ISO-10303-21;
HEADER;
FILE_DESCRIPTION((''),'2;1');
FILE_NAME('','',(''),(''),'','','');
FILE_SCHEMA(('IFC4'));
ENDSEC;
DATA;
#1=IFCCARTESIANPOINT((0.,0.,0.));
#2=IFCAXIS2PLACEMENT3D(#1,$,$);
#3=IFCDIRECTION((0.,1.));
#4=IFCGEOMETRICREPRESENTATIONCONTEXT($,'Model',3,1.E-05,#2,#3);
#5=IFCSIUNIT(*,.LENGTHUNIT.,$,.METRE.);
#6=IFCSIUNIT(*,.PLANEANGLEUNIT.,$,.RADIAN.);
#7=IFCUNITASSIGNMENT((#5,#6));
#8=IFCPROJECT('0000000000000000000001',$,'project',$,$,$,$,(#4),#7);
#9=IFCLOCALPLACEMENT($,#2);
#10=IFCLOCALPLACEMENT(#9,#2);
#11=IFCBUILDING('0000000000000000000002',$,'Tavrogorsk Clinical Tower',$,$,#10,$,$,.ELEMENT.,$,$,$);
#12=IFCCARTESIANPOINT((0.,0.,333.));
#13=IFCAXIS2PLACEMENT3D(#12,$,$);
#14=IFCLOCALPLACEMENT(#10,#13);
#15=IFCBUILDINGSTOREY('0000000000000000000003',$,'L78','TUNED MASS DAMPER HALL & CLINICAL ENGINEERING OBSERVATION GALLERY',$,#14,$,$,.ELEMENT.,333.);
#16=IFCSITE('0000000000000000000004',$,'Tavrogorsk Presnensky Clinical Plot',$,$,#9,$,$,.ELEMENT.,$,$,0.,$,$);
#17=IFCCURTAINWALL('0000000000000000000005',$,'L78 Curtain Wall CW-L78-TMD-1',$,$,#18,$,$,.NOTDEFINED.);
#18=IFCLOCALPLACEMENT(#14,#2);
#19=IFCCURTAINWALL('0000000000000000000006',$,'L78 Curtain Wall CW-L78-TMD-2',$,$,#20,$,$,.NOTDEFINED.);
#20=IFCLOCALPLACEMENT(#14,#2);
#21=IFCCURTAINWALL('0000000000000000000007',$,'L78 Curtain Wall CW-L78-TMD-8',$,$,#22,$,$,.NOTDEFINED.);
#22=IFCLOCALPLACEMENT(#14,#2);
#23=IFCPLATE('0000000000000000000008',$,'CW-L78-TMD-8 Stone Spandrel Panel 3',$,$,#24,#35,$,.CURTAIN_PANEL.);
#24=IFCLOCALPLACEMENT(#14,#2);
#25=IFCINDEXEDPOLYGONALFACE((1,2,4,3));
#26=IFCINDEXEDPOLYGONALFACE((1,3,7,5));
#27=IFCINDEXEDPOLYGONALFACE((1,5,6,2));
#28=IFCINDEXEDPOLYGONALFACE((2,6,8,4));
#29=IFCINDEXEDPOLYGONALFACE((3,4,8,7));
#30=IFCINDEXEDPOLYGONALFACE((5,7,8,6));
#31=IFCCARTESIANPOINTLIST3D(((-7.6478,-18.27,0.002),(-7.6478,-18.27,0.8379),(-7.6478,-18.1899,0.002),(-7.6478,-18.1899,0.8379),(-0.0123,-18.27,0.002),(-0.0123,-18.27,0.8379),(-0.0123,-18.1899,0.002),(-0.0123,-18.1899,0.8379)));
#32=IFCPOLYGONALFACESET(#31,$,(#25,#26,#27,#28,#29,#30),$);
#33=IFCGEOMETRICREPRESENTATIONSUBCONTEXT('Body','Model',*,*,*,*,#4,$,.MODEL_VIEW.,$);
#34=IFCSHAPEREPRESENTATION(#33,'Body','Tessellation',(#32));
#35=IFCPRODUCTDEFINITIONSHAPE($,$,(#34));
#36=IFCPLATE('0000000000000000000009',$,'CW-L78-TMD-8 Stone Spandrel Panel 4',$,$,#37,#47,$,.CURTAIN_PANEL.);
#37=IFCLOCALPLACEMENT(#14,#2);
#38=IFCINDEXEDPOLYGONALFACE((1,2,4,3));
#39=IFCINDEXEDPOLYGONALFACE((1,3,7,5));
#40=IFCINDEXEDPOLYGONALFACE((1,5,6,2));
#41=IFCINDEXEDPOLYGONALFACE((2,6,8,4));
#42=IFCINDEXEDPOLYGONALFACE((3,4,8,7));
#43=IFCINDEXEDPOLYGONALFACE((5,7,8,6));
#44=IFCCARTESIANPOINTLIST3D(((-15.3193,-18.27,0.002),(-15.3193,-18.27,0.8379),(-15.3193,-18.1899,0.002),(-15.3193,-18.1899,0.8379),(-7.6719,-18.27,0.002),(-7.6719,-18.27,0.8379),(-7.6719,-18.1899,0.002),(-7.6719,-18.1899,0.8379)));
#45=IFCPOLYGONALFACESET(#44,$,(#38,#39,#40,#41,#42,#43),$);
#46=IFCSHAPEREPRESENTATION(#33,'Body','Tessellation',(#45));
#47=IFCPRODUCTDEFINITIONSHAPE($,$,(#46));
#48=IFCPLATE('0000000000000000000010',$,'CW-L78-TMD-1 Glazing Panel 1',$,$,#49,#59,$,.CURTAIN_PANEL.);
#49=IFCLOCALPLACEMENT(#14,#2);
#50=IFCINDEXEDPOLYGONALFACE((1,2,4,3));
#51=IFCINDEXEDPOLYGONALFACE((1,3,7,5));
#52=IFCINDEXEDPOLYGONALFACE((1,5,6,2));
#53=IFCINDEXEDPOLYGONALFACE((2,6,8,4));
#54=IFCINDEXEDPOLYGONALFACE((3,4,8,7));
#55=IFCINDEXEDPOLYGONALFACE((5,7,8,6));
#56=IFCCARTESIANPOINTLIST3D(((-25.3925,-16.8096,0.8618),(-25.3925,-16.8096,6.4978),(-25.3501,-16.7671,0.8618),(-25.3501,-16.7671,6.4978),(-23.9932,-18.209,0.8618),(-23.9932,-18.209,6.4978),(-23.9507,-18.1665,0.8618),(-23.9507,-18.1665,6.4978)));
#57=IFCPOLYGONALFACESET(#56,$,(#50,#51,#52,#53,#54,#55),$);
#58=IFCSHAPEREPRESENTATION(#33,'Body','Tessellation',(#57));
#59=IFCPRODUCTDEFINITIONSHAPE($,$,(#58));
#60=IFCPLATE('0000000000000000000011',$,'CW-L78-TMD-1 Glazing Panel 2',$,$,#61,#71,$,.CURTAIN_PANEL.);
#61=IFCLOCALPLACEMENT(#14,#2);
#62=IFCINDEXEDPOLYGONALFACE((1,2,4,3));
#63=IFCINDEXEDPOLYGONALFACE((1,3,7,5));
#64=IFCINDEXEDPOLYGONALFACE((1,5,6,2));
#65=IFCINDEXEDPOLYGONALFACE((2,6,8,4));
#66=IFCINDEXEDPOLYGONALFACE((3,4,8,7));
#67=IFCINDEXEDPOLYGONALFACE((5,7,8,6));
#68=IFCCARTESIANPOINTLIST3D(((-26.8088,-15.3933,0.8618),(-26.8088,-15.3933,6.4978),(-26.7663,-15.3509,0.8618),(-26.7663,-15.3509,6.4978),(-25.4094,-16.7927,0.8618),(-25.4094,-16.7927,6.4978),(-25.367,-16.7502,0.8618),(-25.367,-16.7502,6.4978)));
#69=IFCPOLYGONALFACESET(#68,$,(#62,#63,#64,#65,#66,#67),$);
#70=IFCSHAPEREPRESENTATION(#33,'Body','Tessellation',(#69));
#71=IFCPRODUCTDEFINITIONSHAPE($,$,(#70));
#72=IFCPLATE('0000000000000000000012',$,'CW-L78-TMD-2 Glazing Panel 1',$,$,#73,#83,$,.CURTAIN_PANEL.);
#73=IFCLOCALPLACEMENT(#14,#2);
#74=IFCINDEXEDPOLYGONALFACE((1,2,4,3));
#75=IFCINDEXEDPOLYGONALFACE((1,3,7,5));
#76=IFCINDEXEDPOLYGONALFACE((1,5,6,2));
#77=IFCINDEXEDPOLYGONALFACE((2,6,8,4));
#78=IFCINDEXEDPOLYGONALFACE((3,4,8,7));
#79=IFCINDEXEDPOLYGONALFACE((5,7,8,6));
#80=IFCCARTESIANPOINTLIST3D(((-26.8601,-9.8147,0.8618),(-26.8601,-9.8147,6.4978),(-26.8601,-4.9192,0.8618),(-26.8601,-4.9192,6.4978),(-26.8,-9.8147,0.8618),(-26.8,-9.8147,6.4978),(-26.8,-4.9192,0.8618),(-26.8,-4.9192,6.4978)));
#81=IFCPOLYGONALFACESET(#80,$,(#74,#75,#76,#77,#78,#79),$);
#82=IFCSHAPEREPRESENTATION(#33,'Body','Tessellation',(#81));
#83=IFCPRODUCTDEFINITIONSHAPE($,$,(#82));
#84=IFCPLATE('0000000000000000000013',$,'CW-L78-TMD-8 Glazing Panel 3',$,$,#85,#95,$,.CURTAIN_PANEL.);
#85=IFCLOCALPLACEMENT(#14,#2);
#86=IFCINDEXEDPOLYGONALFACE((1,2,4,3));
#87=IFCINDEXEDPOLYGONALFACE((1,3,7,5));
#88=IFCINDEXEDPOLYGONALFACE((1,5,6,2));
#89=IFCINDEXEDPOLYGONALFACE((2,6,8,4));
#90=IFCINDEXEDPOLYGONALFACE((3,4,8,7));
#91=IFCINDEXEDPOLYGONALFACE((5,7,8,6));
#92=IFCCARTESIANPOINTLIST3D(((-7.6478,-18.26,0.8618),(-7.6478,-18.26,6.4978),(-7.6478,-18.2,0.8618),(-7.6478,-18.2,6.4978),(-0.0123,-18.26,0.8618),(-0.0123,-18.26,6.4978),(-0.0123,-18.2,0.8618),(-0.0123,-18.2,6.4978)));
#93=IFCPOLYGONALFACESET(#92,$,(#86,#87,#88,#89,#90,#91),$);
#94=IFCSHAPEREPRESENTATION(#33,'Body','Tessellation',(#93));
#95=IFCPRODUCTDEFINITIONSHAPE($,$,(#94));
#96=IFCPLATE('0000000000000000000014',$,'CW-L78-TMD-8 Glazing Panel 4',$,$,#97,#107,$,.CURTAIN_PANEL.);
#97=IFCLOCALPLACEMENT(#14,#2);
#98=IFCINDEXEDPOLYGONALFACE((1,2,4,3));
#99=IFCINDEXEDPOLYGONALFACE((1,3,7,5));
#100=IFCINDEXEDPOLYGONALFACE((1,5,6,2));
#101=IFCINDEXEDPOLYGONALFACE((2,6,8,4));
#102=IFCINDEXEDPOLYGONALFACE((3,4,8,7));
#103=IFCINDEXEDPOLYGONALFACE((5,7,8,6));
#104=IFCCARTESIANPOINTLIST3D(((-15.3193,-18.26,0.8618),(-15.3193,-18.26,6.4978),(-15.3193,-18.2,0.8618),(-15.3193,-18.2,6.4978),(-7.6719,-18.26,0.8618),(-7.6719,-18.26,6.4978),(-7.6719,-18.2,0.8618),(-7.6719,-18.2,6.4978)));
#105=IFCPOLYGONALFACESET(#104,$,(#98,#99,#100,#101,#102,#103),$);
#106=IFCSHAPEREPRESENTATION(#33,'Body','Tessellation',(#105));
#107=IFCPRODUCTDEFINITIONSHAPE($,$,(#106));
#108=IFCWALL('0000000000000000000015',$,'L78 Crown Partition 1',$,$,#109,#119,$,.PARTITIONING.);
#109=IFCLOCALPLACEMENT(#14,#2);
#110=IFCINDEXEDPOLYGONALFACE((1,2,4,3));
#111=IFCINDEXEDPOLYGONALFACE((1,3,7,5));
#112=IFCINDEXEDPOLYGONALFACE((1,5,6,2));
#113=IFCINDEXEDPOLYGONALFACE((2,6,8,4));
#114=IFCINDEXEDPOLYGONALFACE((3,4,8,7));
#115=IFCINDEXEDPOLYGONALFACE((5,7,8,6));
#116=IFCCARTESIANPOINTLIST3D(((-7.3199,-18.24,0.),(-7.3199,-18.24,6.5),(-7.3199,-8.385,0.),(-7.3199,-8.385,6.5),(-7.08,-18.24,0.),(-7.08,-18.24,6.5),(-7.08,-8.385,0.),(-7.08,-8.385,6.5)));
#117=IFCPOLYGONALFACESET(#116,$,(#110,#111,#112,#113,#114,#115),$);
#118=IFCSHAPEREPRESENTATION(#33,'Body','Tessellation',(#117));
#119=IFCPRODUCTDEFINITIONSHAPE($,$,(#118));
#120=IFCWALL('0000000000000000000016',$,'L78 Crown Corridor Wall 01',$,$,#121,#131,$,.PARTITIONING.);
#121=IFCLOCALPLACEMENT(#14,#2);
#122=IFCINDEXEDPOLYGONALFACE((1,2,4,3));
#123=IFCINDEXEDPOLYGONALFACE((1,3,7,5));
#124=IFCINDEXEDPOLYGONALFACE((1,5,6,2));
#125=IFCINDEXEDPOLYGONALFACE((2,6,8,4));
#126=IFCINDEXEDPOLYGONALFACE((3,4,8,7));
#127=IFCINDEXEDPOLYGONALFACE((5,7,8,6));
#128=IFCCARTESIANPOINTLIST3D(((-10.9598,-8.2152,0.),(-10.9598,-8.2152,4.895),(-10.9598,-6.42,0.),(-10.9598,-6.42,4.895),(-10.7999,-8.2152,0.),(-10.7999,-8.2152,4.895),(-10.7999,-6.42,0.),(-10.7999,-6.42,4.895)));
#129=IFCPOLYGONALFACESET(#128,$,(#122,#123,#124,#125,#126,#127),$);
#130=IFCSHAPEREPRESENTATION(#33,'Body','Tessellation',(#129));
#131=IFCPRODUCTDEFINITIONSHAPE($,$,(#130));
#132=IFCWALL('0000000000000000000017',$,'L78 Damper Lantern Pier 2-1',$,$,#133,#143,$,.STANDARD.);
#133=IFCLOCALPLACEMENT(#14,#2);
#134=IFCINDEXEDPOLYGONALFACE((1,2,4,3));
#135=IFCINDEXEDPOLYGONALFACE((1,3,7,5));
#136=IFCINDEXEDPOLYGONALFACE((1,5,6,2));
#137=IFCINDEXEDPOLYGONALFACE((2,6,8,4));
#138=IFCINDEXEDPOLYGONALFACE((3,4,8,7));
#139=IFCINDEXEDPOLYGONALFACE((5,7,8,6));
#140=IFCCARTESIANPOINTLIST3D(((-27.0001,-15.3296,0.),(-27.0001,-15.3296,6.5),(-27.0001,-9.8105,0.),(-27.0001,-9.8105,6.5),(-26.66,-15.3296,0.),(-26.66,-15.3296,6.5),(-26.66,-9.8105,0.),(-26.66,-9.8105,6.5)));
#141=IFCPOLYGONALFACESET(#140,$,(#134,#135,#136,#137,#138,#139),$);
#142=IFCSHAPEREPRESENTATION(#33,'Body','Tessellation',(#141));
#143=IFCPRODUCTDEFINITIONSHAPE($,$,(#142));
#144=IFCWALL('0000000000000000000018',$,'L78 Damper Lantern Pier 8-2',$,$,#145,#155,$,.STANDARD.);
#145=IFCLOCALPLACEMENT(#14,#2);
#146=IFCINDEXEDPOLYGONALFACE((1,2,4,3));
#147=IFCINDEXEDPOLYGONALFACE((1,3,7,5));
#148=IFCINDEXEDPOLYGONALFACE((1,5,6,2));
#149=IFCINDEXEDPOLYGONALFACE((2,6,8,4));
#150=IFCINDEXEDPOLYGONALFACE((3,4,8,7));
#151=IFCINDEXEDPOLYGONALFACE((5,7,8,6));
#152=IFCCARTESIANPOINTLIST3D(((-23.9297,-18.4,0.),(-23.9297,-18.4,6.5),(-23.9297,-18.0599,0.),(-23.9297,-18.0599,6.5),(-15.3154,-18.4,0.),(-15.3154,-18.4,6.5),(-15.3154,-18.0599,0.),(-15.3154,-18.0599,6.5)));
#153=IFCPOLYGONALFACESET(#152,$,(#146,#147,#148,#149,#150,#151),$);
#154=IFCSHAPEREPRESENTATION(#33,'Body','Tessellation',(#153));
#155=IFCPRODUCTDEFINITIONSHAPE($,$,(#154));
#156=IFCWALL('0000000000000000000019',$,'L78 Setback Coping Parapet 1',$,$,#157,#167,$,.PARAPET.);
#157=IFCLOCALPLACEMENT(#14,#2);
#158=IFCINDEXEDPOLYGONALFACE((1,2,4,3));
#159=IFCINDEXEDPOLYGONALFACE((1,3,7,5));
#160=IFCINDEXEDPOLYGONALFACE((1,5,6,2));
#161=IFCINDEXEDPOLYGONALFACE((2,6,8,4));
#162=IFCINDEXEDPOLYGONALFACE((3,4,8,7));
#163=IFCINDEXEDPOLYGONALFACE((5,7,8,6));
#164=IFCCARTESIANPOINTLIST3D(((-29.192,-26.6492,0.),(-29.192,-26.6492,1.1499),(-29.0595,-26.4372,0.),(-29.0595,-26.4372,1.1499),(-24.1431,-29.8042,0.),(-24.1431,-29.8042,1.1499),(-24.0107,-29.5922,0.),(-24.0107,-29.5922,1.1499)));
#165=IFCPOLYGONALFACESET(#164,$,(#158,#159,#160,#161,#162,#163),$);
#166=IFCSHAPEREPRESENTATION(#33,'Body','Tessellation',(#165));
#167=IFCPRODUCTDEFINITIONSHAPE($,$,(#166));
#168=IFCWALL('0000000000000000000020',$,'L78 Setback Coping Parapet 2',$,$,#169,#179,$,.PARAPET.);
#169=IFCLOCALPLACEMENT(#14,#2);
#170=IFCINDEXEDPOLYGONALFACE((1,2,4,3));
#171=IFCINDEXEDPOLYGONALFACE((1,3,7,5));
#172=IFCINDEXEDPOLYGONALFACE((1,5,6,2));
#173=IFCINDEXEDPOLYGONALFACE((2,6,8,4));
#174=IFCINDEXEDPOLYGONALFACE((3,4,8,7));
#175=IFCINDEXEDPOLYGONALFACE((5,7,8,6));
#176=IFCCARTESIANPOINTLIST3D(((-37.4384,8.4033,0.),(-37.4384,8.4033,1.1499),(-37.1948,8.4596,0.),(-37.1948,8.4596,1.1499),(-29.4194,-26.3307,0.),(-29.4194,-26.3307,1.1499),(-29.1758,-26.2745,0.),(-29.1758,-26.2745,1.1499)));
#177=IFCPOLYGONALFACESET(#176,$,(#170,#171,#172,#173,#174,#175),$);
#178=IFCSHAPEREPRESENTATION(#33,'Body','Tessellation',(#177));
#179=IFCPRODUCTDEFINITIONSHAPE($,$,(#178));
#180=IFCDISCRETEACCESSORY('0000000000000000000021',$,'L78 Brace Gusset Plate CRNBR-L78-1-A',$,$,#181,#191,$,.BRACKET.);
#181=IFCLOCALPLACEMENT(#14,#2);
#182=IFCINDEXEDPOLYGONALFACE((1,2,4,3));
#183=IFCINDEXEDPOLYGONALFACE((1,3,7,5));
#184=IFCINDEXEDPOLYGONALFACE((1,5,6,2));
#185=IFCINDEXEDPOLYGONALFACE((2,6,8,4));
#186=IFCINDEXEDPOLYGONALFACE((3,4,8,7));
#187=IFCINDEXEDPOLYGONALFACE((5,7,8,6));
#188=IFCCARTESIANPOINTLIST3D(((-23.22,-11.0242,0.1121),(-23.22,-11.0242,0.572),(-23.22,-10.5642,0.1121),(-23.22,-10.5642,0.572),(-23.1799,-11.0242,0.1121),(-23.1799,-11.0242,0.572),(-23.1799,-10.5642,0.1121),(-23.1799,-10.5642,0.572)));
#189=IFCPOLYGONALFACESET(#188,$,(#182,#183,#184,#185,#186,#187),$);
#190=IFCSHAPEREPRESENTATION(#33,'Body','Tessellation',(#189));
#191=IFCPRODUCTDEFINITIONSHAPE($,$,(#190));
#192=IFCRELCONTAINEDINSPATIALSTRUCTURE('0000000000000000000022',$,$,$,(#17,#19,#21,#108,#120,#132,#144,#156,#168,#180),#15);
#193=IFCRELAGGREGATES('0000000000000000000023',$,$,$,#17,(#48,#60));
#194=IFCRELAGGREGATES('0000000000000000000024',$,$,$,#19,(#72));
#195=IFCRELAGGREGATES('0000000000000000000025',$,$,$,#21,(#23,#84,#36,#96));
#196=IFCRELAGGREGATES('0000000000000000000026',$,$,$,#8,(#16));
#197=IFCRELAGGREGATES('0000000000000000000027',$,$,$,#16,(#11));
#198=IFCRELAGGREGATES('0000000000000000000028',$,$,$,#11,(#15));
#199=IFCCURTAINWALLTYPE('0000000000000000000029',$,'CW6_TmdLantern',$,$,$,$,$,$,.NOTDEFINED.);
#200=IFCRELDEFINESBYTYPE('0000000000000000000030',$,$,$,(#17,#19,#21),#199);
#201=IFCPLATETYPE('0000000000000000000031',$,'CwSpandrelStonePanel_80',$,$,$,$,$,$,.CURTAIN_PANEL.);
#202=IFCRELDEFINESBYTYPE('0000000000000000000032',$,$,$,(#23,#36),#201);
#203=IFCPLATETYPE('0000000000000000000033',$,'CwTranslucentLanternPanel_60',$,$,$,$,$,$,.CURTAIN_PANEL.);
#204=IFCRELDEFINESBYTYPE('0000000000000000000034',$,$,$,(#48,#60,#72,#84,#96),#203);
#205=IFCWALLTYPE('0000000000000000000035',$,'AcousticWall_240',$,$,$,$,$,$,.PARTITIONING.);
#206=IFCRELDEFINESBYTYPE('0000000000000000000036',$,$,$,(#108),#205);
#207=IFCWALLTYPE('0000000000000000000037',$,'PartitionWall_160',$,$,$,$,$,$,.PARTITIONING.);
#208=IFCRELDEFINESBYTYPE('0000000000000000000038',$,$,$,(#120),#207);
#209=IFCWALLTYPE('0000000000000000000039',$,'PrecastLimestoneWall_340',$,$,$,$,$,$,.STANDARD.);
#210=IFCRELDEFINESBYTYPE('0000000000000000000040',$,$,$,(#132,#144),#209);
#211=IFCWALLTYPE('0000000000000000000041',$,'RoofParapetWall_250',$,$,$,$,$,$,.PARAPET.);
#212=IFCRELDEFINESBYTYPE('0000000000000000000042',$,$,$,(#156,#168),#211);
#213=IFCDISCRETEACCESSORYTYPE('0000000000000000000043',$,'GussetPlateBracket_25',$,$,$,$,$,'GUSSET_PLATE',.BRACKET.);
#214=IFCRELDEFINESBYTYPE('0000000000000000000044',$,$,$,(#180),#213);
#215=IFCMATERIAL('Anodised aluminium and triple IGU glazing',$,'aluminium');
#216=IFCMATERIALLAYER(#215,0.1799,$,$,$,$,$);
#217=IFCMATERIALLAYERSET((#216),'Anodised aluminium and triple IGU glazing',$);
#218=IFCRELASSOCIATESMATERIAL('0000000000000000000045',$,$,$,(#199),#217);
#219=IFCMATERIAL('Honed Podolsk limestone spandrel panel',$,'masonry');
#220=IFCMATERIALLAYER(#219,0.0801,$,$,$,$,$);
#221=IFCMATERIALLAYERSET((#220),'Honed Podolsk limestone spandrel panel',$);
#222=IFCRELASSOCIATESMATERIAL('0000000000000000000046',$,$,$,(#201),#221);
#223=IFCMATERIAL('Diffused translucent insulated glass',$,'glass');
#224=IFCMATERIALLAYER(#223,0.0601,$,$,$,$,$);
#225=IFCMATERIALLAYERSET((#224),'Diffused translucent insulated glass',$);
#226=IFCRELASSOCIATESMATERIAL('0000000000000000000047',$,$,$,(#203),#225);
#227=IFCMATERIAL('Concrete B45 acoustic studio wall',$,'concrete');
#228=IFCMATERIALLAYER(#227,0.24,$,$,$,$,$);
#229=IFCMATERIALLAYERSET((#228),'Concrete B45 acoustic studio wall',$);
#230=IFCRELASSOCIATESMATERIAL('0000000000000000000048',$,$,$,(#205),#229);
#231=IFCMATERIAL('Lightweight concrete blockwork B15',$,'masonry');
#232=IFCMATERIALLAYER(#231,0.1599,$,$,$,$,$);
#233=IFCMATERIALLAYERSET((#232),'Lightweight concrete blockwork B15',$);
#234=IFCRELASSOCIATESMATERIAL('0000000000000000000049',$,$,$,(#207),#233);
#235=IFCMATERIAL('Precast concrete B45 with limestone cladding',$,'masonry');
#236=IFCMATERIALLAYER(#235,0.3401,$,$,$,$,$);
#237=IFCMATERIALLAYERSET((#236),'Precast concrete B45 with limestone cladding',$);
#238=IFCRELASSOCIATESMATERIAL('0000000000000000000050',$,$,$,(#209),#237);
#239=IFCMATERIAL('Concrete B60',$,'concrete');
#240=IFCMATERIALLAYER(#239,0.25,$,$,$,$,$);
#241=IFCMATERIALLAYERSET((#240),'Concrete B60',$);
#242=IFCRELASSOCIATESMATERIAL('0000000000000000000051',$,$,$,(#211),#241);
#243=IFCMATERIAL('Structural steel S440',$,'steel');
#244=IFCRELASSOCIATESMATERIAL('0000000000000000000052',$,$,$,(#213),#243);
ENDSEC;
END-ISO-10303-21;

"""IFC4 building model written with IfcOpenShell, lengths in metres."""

from ifc_helpers import new_model, si_unit, direction, frame, frame_2d, origin, origin_2d, place, context, subcontext, project, spatial, rectangle, extrude, material, layer, layer_set, type_object, element, aggregate, save


model = new_model("IFC4")

# Units and contexts
model_context = context("Model", 3, precision=1e-05, world=origin(), true_north=direction((0.0, 1.0)))
body_context = subcontext(model_context, "Body", "Model", "MODEL_VIEW")
ifc_project = project(units=[si_unit("LENGTHUNIT", "METRE"), si_unit("PLANEANGLEUNIT", "RADIAN")], contexts=[model_context])

# Site, building, storey
site_placement = place(None, origin())
site = spatial("IfcSite", under=ifc_project, at=site_placement, Name="Tavrogorsk Presnensky Clinical Plot", CompositionType="ELEMENT", RefElevation=0.0)
building_placement = place(site_placement, origin())
building = spatial("IfcBuilding", under=site, at=building_placement, Name="Tavrogorsk Clinical Tower", CompositionType="ELEMENT")
storey_placement = place(building_placement, frame((0.0, 0.0, 333.0)))
storey = spatial("IfcBuildingStorey", under=building, at=storey_placement, Name="L78", Description="TUNED MASS DAMPER HALL & CLINICAL ENGINEERING OBSERVATION GALLERY", CompositionType="ELEMENT", Elevation=333.0)

# Curtain wall
ifc_material_1 = material(Name="Anodised aluminium and triple IGU glazing", Category="aluminium")
ifc_layer_1 = layer(ifc_material_1, 0.1799)
ifc_layer_set_1 = layer_set([ifc_layer_1], Name="Anodised aluminium and triple IGU glazing")
curtain_wall_type = type_object("IfcCurtainWallType", Name="CW6_TmdLantern", PredefinedType="NOTDEFINED", material=ifc_layer_set_1)
curtain_wall_1_placement = place(storey_placement, origin())
curtain_wall_1 = element("IfcCurtainWall", 1, at=curtain_wall_1_placement, inside=storey, type_object=curtain_wall_type, Name="L78 Curtain Wall CW-L78-TMD-1", PredefinedType="NOTDEFINED")

# Curtain wall
curtain_wall_2_placement = place(storey_placement, origin())
curtain_wall_2 = element("IfcCurtainWall", 2, at=curtain_wall_2_placement, inside=storey, type_object=curtain_wall_type, Name="L78 Curtain Wall CW-L78-TMD-2", PredefinedType="NOTDEFINED")

# Curtain wall
curtain_wall_3_placement = place(storey_placement, origin())
curtain_wall_3 = element("IfcCurtainWall", 3, at=curtain_wall_3_placement, inside=storey, type_object=curtain_wall_type, Name="L78 Curtain Wall CW-L78-TMD-8", PredefinedType="NOTDEFINED")

# Plates
ifc_material_2 = material(Name="Honed Podolsk limestone spandrel panel", Category="masonry")
ifc_layer_2 = layer(ifc_material_2, 0.0801)
ifc_layer_set_2 = layer_set([ifc_layer_2], Name="Honed Podolsk limestone spandrel panel")
plate_type_1 = type_object("IfcPlateType", Name="CwSpandrelStonePanel_80", PredefinedType="CURTAIN_PANEL", material=ifc_layer_set_2)
plate_1_placement = place(storey_placement, frame((-3.8301, -18.23, 0.002), z_axis=(0.0, 0.0, 1.0), x_axis=(-1.0, 0.0, 0.0)))
plate_1 = element("IfcPlate", 4, at=plate_1_placement, type_object=plate_type_1, Name="CW-L78-TMD-8 Stone Spandrel Panel 3", PredefinedType="CURTAIN_PANEL", context=body_context, shape_type="SweptSolid", body=[
    extrude(rectangle(XDim=7.6355, YDim=0.0801, at=origin_2d()), origin(), (0.0, 0.0, 1.0), 0.8359),
])
plate_2_placement = place(storey_placement, frame((-11.4956, -18.23, 0.002), z_axis=(0.0, 0.0, 1.0), x_axis=(-1.0, 0.0, 0.0)))
plate_2 = element("IfcPlate", 5, at=plate_2_placement, type_object=plate_type_1, Name="CW-L78-TMD-8 Stone Spandrel Panel 4", PredefinedType="CURTAIN_PANEL", context=body_context, shape_type="SweptSolid", body=[
    extrude(rectangle(XDim=7.6475, YDim=0.0801, at=origin_2d()), origin(), (0.0, 0.0, 1.0), 0.8359),
])
ifc_material_3 = material(Name="Diffused translucent insulated glass", Category="glass")
ifc_layer_3 = layer(ifc_material_3, 0.0601)
ifc_layer_set_3 = layer_set([ifc_layer_3], Name="Diffused translucent insulated glass")
plate_type_2 = type_object("IfcPlateType", Name="CwTranslucentLanternPanel_60", PredefinedType="CURTAIN_PANEL", material=ifc_layer_set_3)
plate_3_placement = place(storey_placement, frame((-24.6716, -17.488, 0.8618), z_axis=(0.0, 0.0, 1.0), x_axis=(-0.707107, 0.707107, 0.0)))
plate_3 = element("IfcPlate", 6, at=plate_3_placement, type_object=plate_type_2, Name="CW-L78-TMD-1 Glazing Panel 1", PredefinedType="CURTAIN_PANEL", context=body_context, shape_type="SweptSolid", body=[
    extrude(rectangle(XDim=1.979, YDim=0.0601, at=origin_2d()), origin(), (0.0, 0.0, 1.0), 5.636),
])
plate_4_placement = place(storey_placement, frame((-26.0879, -16.0718, 0.8618), z_axis=(0.0, 0.0, 1.0), x_axis=(-0.707107, 0.707107, 0.0)))
plate_4 = element("IfcPlate", 7, at=plate_4_placement, type_object=plate_type_2, Name="CW-L78-TMD-1 Glazing Panel 2", PredefinedType="CURTAIN_PANEL", context=body_context, shape_type="SweptSolid", body=[
    extrude(rectangle(XDim=1.979, YDim=0.0601, at=origin_2d()), origin(), (0.0, 0.0, 1.0), 5.636),
])
aggregate(curtain_wall_1, [plate_3, plate_4])
plate_5_placement = place(storey_placement, frame((-26.8301, -7.3669, 0.8618), z_axis=(0.0, 0.0, 1.0), x_axis=(0.0, 1.0, 0.0)))
plate_5 = element("IfcPlate", 8, at=plate_5_placement, type_object=plate_type_2, Name="CW-L78-TMD-2 Glazing Panel 1", PredefinedType="CURTAIN_PANEL", context=body_context, shape_type="SweptSolid", body=[
    extrude(rectangle(XDim=4.8955, YDim=0.0601, at=origin_2d()), origin(), (0.0, 0.0, 1.0), 5.636),
])
aggregate(curtain_wall_2, [plate_5])
plate_6_placement = place(storey_placement, frame((-3.8301, -18.23, 0.8618), z_axis=(0.0, 0.0, 1.0), x_axis=(-1.0, 0.0, 0.0)))
plate_6 = element("IfcPlate", 9, at=plate_6_placement, type_object=plate_type_2, Name="CW-L78-TMD-8 Glazing Panel 3", PredefinedType="CURTAIN_PANEL", context=body_context, shape_type="SweptSolid", body=[
    extrude(rectangle(XDim=7.6355, YDim=0.0601, at=origin_2d()), origin(), (0.0, 0.0, 1.0), 5.636),
])
plate_7_placement = place(storey_placement, frame((-11.4956, -18.23, 0.8618), z_axis=(0.0, 0.0, 1.0), x_axis=(-1.0, 0.0, 0.0)))
plate_7 = element("IfcPlate", 10, at=plate_7_placement, type_object=plate_type_2, Name="CW-L78-TMD-8 Glazing Panel 4", PredefinedType="CURTAIN_PANEL", context=body_context, shape_type="SweptSolid", body=[
    extrude(rectangle(XDim=7.6475, YDim=0.0601, at=origin_2d()), origin(), (0.0, 0.0, 1.0), 5.636),
])
aggregate(curtain_wall_3, [plate_1, plate_6, plate_2, plate_7])

# Walls
ifc_material_4 = material(Name="Concrete B45 acoustic studio wall", Category="concrete")
ifc_layer_4 = layer(ifc_material_4, 0.24)
ifc_layer_set_4 = layer_set([ifc_layer_4], Name="Concrete B45 acoustic studio wall")
wall_type_1 = type_object("IfcWallType", Name="AcousticWall_240", PredefinedType="PARTITIONING", material=ifc_layer_set_4)
wall_1_placement = place(storey_placement, frame((-7.2, -18.24, 0.0), z_axis=(0.0, 0.0, 1.0), x_axis=(0.0, 1.0, 0.0)))
element("IfcWall", 11, at=wall_1_placement, inside=storey, type_object=wall_type_1, Name="L78 Crown Partition 1", PredefinedType="PARTITIONING", context=body_context, shape_type="SweptSolid", body=[
    extrude(rectangle(XDim=9.855, YDim=0.24, at=frame_2d((4.9275, 0.0))), origin(), (0.0, 0.0, 1.0), 6.5),
])
ifc_material_5 = material(Name="Lightweight concrete blockwork B15", Category="masonry")
ifc_layer_5 = layer(ifc_material_5, 0.1599)
ifc_layer_set_5 = layer_set([ifc_layer_5], Name="Lightweight concrete blockwork B15")
wall_type_2 = type_object("IfcWallType", Name="PartitionWall_160", PredefinedType="PARTITIONING", material=ifc_layer_set_5)
wall_2_placement = place(storey_placement, frame((-10.8799, -8.2151, 0.0), z_axis=(0.0, 0.0, 1.0), x_axis=(0.0, 1.0, 0.0)))
element("IfcWall", 12, at=wall_2_placement, inside=storey, type_object=wall_type_2, Name="L78 Crown Corridor Wall 01", PredefinedType="PARTITIONING", context=body_context, shape_type="SweptSolid", body=[
    extrude(rectangle(XDim=1.7952, YDim=0.1599, at=frame_2d((0.8975, 0.0))), origin(), (0.0, 0.0, 1.0), 4.895),
])
ifc_material_6 = material(Name="Precast concrete B45 with limestone cladding", Category="masonry")
ifc_layer_6 = layer(ifc_material_6, 0.3401)
ifc_layer_set_6 = layer_set([ifc_layer_6], Name="Precast concrete B45 with limestone cladding")
wall_type_3 = type_object("IfcWallType", Name="PrecastLimestoneWall_340", PredefinedType="STANDARD", material=ifc_layer_set_6)
wall_3_placement = place(storey_placement, frame((-26.8301, -15.3296, 0.0), z_axis=(0.0, 0.0, 1.0), x_axis=(0.0, 1.0, 0.0)))
element("IfcWall", 13, at=wall_3_placement, inside=storey, type_object=wall_type_3, Name="L78 Damper Lantern Pier 2-1", PredefinedType="STANDARD", context=body_context, shape_type="SweptSolid", body=[
    extrude(rectangle(XDim=5.519, YDim=0.3401, at=frame_2d((2.7595, 0.0))), origin(), (0.0, 0.0, 1.0), 6.5),
])
wall_4_placement = place(storey_placement, frame((-15.3154, -18.23, 0.0), z_axis=(0.0, 0.0, 1.0), x_axis=(-1.0, 0.0, 0.0)))
element("IfcWall", 14, at=wall_4_placement, inside=storey, type_object=wall_type_3, Name="L78 Damper Lantern Pier 8-2", PredefinedType="STANDARD", context=body_context, shape_type="SweptSolid", body=[
    extrude(rectangle(XDim=8.6143, YDim=0.3401, at=frame_2d((4.3071, 0.0))), origin(), (0.0, 0.0, 1.0), 6.5),
])
ifc_material_7 = material(Name="Concrete B60", Category="concrete")
ifc_layer_7 = layer(ifc_material_7, 0.25)
ifc_layer_set_7 = layer_set([ifc_layer_7], Name="Concrete B60")
wall_type_4 = type_object("IfcWallType", Name="RoofParapetWall_250", PredefinedType="PARAPET", material=ifc_layer_set_7)
wall_5_placement = place(storey_placement, frame((-24.0769, -29.6982, 0.0), z_axis=(0.0, 0.0, 1.0), x_axis=(-0.848035, 0.52994, 0.0)))
element("IfcWall", 15, at=wall_5_placement, inside=storey, type_object=wall_type_4, Name="L78 Setback Coping Parapet 1", PredefinedType="PARAPET", context=body_context, shape_type="SweptSolid", body=[
    extrude(rectangle(XDim=5.9536, YDim=0.25, at=frame_2d((2.9768, 0.0))), origin(), (0.0, 0.0, 1.0), 1.1499),
])
wall_6_placement = place(storey_placement, frame((-29.2976, -26.3025, 0.0), z_axis=(0.0, 0.0, 1.0), x_axis=(-0.224952, 0.97437, 0.0)))
element("IfcWall", 16, at=wall_6_placement, inside=storey, type_object=wall_type_4, Name="L78 Setback Coping Parapet 2", PredefinedType="PARAPET", context=body_context, shape_type="SweptSolid", body=[
    extrude(rectangle(XDim=35.6477, YDim=0.25, at=frame_2d((17.8237, 0.0))), origin(), (0.0, 0.0, 1.0), 1.1499),
])

# Discrete accessory
ifc_material_8 = material(Name="Structural steel S440", Category="steel")
discrete_accessory_type = type_object("IfcDiscreteAccessoryType", Name="GussetPlateBracket_25", ElementType="GUSSET_PLATE", PredefinedType="BRACKET", material=ifc_material_8)
discrete_accessory_placement = place(storey_placement, frame((-23.2, -10.7942, 0.1121), z_axis=(0.0, 0.0, 1.0), x_axis=(0.0, 1.0, 0.0)))
element("IfcDiscreteAccessory", 17, at=discrete_accessory_placement, inside=storey, type_object=discrete_accessory_type, Name="L78 Brace Gusset Plate CRNBR-L78-1-A", PredefinedType="BRACKET", context=body_context, shape_type="SweptSolid", body=[
    extrude(rectangle(XDim=0.46, YDim=0.04, at=origin_2d()), origin(), (0.0, 0.0, 1.0), 0.46),
])

save(model, "model.ifc")
